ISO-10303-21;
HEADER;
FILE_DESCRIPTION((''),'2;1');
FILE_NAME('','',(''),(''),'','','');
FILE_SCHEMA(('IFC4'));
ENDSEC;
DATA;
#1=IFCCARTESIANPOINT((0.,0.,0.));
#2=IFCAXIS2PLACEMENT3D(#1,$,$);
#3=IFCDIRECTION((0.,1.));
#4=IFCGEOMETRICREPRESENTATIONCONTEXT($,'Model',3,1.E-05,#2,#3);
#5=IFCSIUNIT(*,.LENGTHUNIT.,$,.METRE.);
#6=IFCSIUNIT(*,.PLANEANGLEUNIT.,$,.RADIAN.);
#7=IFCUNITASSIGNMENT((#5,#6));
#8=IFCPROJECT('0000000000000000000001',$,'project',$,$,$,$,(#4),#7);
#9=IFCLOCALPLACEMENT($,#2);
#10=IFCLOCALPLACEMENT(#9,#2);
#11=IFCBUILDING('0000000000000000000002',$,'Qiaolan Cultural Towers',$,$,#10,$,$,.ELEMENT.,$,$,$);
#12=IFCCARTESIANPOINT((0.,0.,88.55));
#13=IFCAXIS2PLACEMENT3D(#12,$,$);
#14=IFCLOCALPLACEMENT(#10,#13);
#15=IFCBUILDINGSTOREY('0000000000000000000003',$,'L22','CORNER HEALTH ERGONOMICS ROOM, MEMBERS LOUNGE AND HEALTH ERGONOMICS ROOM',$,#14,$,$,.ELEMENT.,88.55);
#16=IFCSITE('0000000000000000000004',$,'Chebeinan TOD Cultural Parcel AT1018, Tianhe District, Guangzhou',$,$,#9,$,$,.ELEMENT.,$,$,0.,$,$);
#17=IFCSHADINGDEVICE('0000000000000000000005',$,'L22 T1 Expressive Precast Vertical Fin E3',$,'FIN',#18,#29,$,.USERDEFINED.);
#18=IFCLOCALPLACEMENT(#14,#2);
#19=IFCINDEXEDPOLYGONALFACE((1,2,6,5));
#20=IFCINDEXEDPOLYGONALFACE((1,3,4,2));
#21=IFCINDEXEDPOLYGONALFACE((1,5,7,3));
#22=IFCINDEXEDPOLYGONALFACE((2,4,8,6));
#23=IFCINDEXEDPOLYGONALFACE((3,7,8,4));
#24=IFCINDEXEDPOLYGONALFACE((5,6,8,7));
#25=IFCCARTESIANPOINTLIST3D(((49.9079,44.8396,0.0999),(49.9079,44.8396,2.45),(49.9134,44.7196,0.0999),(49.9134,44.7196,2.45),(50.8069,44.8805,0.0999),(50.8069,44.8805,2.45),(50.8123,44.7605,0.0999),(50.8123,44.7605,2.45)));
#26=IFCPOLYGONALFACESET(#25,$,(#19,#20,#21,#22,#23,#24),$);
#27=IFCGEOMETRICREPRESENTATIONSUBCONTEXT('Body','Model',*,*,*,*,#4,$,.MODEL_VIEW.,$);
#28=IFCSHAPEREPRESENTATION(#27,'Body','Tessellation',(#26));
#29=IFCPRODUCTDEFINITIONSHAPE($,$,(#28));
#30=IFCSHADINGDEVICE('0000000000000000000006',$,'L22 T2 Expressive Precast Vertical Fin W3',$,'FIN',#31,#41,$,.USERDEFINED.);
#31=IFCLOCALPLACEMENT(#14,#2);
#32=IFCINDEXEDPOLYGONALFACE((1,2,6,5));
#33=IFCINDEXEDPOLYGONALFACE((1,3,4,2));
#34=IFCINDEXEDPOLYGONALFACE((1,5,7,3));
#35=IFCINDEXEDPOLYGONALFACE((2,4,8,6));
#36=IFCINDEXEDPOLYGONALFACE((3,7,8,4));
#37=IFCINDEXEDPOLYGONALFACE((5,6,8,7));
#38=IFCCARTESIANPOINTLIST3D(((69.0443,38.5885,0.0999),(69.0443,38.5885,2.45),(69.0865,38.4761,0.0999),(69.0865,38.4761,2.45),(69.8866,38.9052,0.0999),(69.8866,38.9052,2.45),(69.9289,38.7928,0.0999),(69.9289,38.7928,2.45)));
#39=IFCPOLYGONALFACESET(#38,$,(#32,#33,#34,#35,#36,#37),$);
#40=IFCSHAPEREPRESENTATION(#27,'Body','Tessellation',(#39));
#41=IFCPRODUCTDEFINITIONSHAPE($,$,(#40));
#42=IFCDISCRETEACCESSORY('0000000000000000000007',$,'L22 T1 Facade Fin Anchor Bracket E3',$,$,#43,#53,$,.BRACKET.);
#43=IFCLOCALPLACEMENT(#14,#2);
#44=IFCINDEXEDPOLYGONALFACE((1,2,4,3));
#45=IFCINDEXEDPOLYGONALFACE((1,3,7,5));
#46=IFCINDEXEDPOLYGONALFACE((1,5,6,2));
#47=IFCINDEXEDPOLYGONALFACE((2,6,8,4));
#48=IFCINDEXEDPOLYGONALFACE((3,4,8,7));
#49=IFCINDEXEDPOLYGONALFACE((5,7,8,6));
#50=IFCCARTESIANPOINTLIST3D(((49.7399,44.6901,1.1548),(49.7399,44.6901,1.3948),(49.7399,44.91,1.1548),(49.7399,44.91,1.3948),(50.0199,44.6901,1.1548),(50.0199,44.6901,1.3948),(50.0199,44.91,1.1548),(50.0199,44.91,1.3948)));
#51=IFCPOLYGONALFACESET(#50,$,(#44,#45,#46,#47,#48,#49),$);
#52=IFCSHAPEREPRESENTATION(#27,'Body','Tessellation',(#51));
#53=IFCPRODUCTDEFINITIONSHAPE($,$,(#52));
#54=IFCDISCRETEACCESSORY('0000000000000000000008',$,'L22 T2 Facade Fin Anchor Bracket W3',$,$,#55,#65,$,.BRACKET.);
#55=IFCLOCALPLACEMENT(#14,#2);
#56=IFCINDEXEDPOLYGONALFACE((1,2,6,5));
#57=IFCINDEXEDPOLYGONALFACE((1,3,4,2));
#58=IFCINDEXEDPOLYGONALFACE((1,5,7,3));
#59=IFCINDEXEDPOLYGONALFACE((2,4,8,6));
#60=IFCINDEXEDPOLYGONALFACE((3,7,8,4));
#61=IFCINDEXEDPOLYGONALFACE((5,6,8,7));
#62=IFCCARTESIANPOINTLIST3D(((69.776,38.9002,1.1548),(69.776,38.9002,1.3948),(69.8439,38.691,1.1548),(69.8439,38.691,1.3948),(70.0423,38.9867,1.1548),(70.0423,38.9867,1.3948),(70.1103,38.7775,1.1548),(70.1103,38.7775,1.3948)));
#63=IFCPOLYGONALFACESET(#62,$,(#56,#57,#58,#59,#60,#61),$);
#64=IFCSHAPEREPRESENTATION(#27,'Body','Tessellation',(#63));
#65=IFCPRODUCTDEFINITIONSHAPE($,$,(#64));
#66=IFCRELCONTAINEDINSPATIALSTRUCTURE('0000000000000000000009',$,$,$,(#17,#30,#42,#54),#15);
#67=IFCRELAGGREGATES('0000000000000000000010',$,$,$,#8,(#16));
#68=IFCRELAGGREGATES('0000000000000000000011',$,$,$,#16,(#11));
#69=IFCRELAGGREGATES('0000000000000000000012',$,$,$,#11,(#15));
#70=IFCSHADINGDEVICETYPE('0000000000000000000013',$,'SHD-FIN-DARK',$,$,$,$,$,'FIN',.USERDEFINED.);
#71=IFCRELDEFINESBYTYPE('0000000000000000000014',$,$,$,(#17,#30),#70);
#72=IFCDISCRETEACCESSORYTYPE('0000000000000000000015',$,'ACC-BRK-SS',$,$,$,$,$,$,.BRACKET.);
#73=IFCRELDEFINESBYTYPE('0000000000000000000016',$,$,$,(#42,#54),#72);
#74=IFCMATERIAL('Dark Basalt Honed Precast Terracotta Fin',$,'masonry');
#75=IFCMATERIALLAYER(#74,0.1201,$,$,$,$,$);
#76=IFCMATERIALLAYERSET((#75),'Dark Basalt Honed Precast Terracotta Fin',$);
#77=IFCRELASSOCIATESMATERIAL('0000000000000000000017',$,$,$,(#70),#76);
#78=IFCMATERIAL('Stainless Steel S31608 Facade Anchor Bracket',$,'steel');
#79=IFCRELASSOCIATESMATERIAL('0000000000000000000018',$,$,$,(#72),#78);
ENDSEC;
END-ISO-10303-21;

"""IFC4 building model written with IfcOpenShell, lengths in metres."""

from ifc_helpers import new_model, si_unit, direction, frame, origin, origin_2d, place, context, subcontext, project, spatial, rectangle, extrude, material, layer, layer_set, type_object, element, save


model = new_model("IFC4")

# Units and contexts
model_context = context("Model", 3, precision=1e-05, world=origin(), true_north=direction((0.0, 1.0)))
body_context = subcontext(model_context, "Body", "Model", "MODEL_VIEW")
ifc_project = project(units=[si_unit("LENGTHUNIT", "METRE"), si_unit("PLANEANGLEUNIT", "RADIAN")], contexts=[model_context])

# Site, building, storey
site_placement = place(None, origin())
site = spatial("IfcSite", under=ifc_project, at=site_placement, Name="Chebeinan TOD Cultural Parcel AT1018, Tianhe District, Guangzhou", CompositionType="ELEMENT", RefElevation=0.0)
building_placement = place(site_placement, origin())
building = spatial("IfcBuilding", under=site, at=building_placement, Name="Qiaolan Cultural Towers", CompositionType="ELEMENT")
storey_placement = place(building_placement, frame((0.0, 0.0, 88.55)))
storey = spatial("IfcBuildingStorey", under=building, at=storey_placement, Name="L22", Description="CORNER HEALTH ERGONOMICS ROOM, MEMBERS LOUNGE AND HEALTH ERGONOMICS ROOM", CompositionType="ELEMENT", Elevation=88.55)

# Shading devices
ifc_material_1 = material(Name="Dark Basalt Honed Precast Terracotta Fin", Category="masonry")
ifc_layer_1 = layer(ifc_material_1, 0.1201)
ifc_layer_set_1 = layer_set([ifc_layer_1], Name="Dark Basalt Honed Precast Terracotta Fin")
shading_device_type = type_object("IfcShadingDeviceType", Name="SHD-FIN-DARK", ElementType="FIN", PredefinedType="USERDEFINED", material=ifc_layer_set_1)
for number, where, z_axis, x_axis, name in (
    (1, (50.3601, 44.8, 0.0999), (0.0, 0.0, 1.0), (0.998967, 0.045445, 0.0), "L22 T1 Expressive Precast Vertical Fin E3"),
    (2, (69.4866, 38.6907, 0.0999), (0.0, 0.0, 1.0), (0.936031, 0.351919, 0.0), "L22 T2 Expressive Precast Vertical Fin W3"),
):
    element("IfcShadingDevice", number, at=place(storey_placement, frame(where, z_axis=z_axis, x_axis=x_axis)), inside=storey, type_object=shading_device_type, Name=name, ObjectType="FIN", PredefinedType="USERDEFINED", context=body_context, shape_type="SweptSolid", body=[
        extrude(rectangle(XDim=0.8999, YDim=0.1201, at=origin_2d()), origin(), (0.0, 0.0, 1.0), 2.3501),
    ])

# Discrete accessories
ifc_material_2 = material(Name="Stainless Steel S31608 Facade Anchor Bracket", Category="steel")
discrete_accessory_type = type_object("IfcDiscreteAccessoryType", Name="ACC-BRK-SS", PredefinedType="BRACKET", material=ifc_material_2)
for number, where, z_axis, x_axis, name in (
    (3, (49.8799, 44.8, 1.1548), (0.0, 0.0, 1.0), (1.0, 0.0, 0.0), "L22 T1 Facade Fin Anchor Bracket E3"),
    (4, (69.9431, 38.8389, 1.1548), (0.0, 0.0, 1.0), (0.951057, 0.309017, 0.0), "L22 T2 Facade Fin Anchor Bracket W3"),
):
    element("IfcDiscreteAccessory", number, at=place(storey_placement, frame(where, z_axis=z_axis, x_axis=x_axis)), inside=storey, type_object=discrete_accessory_type, Name=name, PredefinedType="BRACKET", context=body_context, shape_type="SweptSolid", body=[
        extrude(rectangle(XDim=0.28, YDim=0.22, at=origin_2d()), origin(), (0.0, 0.0, 1.0), 0.24),
    ])

save(model, "model.ifc")
